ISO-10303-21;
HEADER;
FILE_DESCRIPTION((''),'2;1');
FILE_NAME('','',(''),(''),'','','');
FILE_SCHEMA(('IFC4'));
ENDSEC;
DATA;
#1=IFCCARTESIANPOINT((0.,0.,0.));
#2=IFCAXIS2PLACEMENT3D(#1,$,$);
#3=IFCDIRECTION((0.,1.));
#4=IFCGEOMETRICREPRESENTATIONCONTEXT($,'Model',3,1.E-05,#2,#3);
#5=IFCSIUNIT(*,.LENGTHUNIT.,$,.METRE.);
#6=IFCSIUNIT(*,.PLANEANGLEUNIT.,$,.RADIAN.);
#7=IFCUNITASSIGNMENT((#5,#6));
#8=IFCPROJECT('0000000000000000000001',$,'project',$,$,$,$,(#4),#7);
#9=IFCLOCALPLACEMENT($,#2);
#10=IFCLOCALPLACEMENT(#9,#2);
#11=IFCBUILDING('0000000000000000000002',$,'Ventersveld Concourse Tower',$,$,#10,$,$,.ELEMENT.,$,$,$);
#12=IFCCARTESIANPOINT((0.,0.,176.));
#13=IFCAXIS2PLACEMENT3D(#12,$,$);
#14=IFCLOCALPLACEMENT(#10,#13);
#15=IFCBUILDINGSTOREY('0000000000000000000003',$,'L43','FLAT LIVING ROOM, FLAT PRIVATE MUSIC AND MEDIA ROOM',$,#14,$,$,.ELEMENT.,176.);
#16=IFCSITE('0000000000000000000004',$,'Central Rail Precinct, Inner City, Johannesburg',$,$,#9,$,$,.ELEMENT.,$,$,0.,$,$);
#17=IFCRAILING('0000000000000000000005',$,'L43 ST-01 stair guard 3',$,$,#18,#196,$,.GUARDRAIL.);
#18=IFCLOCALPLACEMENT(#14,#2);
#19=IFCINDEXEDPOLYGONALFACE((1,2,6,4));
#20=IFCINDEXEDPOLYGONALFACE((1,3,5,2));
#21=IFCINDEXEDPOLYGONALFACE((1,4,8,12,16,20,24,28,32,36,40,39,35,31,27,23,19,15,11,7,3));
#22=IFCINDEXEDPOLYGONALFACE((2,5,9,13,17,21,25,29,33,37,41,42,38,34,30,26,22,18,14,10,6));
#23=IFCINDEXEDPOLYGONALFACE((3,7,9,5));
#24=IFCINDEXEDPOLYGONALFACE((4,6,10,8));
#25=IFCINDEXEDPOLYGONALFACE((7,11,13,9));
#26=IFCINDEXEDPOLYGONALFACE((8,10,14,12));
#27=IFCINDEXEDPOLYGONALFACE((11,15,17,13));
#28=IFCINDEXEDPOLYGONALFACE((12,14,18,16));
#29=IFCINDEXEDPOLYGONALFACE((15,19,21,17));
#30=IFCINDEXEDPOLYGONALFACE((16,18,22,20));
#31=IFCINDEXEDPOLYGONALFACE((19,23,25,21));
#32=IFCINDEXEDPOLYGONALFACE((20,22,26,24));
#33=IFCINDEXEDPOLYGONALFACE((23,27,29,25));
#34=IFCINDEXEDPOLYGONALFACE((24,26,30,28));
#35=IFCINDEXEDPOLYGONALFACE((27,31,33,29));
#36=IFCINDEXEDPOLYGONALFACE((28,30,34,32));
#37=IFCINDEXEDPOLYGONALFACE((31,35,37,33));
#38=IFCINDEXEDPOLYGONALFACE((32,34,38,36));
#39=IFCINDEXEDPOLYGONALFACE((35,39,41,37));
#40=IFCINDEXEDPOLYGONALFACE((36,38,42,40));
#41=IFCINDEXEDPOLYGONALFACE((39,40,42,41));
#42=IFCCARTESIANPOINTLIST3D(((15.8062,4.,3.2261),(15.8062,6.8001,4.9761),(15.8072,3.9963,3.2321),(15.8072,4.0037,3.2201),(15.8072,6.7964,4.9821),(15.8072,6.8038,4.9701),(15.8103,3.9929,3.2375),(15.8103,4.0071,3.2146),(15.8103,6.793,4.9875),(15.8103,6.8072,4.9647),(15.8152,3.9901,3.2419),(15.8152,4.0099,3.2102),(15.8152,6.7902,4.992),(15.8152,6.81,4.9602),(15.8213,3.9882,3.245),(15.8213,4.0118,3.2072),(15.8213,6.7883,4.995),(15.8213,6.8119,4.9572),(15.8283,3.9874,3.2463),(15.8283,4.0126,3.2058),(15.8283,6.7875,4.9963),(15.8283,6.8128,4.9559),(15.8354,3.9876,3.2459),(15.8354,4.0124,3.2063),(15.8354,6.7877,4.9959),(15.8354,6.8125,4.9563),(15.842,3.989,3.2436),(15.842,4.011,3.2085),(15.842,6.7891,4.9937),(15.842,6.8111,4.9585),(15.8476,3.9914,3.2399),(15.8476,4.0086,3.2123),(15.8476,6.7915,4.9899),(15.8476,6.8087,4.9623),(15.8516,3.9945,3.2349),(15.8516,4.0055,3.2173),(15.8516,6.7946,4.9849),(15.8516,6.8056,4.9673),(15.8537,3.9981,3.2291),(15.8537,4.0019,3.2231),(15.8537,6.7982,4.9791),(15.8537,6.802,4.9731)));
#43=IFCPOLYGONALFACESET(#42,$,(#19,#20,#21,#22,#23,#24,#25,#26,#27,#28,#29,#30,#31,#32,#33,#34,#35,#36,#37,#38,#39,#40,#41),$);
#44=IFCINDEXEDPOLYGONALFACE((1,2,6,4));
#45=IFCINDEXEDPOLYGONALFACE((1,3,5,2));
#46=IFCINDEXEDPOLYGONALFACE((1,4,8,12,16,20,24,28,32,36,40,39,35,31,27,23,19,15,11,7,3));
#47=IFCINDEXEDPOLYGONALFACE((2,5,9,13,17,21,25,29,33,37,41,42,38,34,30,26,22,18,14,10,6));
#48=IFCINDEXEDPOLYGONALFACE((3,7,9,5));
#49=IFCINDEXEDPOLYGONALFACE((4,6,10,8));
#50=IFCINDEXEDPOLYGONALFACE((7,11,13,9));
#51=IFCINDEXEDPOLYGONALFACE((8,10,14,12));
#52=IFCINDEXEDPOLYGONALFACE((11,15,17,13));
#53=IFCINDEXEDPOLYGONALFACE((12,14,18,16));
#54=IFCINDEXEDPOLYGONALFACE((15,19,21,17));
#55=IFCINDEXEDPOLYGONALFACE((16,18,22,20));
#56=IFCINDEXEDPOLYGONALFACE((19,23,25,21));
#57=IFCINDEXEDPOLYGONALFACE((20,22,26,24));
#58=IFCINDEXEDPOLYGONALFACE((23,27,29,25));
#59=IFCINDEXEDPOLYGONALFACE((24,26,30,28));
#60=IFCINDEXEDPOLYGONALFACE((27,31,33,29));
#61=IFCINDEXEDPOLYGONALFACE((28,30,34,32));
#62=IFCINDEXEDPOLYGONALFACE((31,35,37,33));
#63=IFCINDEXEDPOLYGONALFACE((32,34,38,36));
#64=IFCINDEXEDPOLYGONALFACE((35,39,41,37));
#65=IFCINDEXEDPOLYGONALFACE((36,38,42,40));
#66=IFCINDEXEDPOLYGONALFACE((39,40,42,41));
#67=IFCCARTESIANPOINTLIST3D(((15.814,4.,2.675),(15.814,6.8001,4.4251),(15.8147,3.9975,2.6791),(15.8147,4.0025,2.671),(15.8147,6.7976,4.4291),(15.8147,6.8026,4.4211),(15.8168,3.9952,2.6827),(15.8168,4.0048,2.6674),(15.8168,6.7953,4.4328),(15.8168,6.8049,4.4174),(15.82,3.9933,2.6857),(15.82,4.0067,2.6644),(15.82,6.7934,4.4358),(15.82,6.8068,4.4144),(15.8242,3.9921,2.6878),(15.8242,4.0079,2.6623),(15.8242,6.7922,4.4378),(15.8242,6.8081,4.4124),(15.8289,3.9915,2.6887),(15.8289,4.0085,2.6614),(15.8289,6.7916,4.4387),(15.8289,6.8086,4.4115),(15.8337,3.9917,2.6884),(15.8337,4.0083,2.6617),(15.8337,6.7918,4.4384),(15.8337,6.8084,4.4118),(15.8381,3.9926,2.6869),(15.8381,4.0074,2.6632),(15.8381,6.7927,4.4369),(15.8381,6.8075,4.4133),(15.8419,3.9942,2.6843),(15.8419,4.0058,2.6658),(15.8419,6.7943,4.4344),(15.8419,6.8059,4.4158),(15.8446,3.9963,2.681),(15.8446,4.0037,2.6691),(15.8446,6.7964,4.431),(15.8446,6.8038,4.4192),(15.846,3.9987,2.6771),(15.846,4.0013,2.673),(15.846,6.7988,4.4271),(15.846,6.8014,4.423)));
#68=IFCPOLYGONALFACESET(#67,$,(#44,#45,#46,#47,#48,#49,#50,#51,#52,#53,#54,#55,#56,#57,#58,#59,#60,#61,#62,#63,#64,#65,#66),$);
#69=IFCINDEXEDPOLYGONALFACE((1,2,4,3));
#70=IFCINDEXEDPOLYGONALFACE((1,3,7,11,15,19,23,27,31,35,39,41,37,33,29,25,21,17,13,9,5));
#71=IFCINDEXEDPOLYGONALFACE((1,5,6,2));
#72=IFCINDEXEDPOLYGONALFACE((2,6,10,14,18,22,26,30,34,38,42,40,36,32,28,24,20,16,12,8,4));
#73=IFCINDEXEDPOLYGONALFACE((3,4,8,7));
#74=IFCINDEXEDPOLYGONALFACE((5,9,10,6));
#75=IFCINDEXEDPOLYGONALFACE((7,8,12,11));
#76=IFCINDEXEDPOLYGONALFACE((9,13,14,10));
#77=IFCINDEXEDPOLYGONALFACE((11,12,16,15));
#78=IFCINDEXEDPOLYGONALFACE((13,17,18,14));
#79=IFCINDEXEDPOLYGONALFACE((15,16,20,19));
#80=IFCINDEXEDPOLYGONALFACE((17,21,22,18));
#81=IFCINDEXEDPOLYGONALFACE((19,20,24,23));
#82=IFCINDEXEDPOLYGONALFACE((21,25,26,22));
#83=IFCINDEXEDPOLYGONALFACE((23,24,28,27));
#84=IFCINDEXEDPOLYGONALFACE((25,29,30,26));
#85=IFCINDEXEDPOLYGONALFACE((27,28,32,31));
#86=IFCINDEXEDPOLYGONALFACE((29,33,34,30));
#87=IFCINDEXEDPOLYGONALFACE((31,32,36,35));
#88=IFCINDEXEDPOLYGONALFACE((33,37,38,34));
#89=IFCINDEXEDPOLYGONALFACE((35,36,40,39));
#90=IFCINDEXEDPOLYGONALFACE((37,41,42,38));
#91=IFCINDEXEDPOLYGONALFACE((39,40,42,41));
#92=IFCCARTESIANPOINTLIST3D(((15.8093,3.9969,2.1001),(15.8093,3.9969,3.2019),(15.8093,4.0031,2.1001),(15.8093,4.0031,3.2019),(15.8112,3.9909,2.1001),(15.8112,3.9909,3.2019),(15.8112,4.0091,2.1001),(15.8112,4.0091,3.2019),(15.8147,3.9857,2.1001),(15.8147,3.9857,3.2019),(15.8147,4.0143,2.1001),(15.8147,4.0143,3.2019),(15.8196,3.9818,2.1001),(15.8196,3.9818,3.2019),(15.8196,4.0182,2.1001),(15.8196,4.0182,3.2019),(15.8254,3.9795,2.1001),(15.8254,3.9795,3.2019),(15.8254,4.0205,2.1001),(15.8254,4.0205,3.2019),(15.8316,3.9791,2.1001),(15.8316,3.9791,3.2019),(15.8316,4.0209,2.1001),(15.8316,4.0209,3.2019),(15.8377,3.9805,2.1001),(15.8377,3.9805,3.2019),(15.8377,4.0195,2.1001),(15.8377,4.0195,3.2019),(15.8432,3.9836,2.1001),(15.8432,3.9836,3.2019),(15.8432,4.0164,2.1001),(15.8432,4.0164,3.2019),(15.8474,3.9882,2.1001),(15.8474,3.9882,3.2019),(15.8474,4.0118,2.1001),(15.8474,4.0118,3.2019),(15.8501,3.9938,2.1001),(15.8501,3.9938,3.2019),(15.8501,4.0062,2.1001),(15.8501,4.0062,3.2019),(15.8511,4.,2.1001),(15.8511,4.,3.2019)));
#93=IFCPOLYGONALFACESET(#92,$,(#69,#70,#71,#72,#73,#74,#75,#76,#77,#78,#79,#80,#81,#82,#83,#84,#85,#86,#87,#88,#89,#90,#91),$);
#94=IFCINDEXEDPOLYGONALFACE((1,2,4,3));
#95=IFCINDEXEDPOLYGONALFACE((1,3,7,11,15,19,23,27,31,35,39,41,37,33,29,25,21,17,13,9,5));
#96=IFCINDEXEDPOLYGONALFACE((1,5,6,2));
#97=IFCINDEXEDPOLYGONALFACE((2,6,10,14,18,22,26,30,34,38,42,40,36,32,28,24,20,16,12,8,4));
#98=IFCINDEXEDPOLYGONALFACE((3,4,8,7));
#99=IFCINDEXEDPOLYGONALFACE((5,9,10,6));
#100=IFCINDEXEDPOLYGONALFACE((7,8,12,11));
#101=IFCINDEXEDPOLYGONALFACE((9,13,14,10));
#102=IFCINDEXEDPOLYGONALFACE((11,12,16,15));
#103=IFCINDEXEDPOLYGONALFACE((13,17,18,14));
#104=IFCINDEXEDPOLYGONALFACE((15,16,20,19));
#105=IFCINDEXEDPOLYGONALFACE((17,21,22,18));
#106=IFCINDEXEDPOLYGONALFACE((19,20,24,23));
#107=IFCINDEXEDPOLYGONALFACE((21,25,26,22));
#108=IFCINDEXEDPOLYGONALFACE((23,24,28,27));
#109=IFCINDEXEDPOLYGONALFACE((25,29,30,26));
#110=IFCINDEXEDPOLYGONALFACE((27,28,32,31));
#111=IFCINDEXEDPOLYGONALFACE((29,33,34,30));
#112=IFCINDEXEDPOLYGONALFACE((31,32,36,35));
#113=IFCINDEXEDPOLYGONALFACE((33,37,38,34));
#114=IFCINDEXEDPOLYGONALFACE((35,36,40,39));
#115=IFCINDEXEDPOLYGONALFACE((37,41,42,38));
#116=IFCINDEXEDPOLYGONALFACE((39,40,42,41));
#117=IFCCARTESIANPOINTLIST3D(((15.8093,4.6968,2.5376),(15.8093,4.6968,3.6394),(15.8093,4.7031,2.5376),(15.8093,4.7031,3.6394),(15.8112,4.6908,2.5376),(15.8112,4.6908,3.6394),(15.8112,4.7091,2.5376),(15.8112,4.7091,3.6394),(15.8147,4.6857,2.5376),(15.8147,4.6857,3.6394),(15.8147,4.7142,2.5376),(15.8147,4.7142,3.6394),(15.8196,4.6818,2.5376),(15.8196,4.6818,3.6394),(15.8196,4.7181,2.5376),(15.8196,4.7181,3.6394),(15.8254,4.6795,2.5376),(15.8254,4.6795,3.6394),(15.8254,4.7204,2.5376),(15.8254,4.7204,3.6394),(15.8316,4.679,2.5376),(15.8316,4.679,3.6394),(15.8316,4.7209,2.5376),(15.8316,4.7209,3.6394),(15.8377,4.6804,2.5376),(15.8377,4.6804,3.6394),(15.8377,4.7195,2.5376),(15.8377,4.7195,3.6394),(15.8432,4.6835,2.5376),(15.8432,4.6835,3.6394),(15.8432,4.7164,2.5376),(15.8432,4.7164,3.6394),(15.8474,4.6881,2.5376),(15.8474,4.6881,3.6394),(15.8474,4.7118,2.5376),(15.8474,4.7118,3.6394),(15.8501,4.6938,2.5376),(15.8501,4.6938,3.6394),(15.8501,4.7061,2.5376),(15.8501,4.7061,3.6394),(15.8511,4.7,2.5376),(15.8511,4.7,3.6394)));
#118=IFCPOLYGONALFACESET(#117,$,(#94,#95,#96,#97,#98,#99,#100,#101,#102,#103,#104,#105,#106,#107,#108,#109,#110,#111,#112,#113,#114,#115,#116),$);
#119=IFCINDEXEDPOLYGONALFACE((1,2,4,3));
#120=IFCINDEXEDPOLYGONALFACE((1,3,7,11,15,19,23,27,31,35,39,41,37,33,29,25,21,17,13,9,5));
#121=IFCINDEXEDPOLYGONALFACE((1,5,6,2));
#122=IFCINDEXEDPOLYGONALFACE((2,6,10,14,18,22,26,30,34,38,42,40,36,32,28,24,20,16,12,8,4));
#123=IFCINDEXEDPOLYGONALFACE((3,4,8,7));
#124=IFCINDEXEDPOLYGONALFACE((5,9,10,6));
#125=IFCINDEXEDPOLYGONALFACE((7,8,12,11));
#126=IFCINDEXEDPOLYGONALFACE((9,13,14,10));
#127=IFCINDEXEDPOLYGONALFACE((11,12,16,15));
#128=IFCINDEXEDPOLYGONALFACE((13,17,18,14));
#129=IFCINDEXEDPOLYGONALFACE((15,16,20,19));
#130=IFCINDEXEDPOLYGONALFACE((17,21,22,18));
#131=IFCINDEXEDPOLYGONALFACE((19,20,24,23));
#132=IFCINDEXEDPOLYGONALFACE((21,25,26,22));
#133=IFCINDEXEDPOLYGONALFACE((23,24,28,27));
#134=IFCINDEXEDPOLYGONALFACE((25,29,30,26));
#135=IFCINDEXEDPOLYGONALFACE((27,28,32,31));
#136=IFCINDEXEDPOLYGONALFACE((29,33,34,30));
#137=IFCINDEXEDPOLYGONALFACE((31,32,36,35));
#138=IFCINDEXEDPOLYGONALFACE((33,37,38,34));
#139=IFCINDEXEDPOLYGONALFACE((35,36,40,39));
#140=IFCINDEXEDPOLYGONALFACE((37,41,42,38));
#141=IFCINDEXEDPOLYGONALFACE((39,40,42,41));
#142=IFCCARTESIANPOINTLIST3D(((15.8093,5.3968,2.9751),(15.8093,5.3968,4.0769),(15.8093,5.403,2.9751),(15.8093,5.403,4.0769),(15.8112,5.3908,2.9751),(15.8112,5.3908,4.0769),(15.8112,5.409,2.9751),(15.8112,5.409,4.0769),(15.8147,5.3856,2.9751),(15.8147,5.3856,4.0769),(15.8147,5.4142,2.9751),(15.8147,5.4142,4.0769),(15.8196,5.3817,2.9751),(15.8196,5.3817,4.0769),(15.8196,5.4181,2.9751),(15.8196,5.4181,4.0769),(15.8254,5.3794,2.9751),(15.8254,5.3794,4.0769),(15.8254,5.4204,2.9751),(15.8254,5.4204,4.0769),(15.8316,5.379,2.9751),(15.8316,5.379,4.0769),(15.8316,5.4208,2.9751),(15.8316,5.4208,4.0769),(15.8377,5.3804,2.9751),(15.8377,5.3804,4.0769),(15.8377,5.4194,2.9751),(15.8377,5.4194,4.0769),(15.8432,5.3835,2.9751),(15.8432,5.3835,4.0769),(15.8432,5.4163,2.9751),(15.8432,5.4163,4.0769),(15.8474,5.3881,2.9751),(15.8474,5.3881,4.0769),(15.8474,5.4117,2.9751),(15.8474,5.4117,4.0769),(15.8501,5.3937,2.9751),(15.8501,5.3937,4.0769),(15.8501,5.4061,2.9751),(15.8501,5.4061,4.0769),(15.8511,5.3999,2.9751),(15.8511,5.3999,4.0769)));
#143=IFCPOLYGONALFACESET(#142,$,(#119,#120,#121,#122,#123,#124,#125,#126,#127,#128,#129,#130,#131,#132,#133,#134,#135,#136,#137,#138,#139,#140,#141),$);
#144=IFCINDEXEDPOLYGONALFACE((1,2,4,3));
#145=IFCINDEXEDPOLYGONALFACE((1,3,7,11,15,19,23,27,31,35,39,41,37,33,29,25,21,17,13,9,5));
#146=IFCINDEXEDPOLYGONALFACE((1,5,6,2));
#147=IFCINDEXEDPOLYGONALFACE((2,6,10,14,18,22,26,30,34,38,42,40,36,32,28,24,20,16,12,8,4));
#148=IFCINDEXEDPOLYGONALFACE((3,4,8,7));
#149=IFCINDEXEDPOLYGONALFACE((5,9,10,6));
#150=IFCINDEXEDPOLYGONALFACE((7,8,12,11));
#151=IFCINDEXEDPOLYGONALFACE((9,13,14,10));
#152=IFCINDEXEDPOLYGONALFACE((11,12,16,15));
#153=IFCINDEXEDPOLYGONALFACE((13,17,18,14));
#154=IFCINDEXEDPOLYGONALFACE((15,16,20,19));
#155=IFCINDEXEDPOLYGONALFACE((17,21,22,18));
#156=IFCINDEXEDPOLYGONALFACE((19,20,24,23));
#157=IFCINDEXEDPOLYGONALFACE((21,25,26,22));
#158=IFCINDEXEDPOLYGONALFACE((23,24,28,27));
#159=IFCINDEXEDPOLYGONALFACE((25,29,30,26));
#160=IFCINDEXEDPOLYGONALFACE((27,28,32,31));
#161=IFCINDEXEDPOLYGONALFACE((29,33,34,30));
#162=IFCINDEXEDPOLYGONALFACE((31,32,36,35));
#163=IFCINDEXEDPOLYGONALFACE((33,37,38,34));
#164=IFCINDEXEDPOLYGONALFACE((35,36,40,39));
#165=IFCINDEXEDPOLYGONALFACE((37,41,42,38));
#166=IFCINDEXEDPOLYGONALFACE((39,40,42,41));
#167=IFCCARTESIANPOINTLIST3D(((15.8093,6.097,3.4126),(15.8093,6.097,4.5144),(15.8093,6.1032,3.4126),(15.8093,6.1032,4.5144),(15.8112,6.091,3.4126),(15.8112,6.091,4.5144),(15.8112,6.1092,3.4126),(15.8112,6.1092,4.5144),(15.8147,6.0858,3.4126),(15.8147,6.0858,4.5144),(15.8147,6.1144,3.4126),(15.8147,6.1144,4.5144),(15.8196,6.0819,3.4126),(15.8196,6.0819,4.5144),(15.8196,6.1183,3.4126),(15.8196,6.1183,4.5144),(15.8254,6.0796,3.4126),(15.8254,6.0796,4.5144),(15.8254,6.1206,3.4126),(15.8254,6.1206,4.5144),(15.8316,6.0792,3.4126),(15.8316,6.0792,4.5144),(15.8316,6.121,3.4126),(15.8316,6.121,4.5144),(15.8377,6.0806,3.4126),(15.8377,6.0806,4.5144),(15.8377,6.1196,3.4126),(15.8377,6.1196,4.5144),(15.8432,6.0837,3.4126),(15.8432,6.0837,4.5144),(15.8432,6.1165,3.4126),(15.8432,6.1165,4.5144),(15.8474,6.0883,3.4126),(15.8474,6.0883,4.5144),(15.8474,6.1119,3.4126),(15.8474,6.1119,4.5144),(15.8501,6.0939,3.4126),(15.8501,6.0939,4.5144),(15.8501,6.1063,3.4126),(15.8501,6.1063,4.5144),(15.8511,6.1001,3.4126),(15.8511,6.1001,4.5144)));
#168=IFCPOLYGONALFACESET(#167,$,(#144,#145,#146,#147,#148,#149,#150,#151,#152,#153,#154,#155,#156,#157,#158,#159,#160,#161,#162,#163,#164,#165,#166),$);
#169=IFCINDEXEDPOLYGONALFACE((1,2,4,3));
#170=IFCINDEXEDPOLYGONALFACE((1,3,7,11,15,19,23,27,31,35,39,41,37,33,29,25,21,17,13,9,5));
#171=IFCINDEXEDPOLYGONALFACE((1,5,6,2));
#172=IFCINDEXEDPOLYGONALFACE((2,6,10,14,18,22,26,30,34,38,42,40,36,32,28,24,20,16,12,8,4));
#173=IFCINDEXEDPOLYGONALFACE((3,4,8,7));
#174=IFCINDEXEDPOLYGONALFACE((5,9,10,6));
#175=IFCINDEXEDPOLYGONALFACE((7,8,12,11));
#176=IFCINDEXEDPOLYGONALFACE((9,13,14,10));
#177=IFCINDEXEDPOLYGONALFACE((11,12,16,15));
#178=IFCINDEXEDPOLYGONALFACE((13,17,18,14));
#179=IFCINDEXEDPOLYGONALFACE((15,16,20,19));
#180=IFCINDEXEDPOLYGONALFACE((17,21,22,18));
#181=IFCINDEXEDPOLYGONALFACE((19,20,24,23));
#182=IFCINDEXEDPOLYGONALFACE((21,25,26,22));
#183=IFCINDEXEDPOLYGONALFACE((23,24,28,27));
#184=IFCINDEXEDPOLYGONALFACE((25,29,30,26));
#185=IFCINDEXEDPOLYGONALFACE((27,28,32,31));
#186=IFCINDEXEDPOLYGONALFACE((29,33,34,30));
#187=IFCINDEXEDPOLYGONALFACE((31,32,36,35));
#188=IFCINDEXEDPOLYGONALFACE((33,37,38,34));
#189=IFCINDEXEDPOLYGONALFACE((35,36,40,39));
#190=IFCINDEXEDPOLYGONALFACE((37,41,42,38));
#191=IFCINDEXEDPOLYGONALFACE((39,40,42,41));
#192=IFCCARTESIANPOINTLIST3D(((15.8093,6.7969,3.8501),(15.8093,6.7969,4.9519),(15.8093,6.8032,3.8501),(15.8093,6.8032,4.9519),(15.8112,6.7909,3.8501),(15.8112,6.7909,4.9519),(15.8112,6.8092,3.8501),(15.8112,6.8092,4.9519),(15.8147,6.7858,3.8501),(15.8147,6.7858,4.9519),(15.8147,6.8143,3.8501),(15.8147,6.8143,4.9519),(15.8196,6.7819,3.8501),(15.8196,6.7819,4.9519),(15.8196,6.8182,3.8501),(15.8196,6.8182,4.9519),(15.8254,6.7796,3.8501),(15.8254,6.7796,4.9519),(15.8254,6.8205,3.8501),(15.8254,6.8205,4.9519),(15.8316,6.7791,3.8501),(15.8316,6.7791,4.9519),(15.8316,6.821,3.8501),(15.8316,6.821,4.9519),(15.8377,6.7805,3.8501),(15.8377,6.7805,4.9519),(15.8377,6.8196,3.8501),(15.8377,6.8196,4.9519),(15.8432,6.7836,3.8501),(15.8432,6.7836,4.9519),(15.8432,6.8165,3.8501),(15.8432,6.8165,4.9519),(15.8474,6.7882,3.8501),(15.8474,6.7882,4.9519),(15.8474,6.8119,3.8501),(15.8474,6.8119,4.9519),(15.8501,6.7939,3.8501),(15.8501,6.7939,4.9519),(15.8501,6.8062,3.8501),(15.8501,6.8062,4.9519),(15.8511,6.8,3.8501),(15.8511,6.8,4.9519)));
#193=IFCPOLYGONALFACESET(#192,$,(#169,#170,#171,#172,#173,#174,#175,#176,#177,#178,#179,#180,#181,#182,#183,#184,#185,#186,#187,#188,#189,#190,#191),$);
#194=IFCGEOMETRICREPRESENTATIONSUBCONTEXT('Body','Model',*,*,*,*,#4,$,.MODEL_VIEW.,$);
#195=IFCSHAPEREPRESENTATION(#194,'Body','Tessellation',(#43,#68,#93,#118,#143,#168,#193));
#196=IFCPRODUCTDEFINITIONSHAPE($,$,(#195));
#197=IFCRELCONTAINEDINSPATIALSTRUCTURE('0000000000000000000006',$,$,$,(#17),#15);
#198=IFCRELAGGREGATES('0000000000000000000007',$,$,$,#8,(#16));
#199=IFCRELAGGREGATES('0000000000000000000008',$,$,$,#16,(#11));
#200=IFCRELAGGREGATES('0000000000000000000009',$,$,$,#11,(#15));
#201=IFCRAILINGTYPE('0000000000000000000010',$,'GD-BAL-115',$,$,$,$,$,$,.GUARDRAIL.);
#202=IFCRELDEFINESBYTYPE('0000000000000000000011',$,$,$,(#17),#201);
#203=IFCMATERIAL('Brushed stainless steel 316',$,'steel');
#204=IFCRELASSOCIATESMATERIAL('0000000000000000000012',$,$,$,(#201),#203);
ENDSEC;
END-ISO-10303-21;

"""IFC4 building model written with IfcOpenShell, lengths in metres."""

from ifc_helpers import new_model, si_unit, direction, frame, origin, origin_2d, place, context, subcontext, project, spatial, circle, extrude, material, type_object, element, save


model = new_model("IFC4")

# Units and contexts
model_context = context("Model", 3, precision=1e-05, world=origin(), true_north=direction((0.0, 1.0)))
body_context = subcontext(model_context, "Body", "Model", "MODEL_VIEW")
ifc_project = project(units=[si_unit("LENGTHUNIT", "METRE"), si_unit("PLANEANGLEUNIT", "RADIAN")], contexts=[model_context])

# Site, building, storey
site_placement = place(None, origin())
site = spatial("IfcSite", under=ifc_project, at=site_placement, Name="Central Rail Precinct, Inner City, Johannesburg", CompositionType="ELEMENT", RefElevation=0.0)
building_placement = place(site_placement, origin())
building = spatial("IfcBuilding", under=site, at=building_placement, Name="Ventersveld Concourse Tower", CompositionType="ELEMENT")
storey_placement = place(building_placement, frame((0.0, 0.0, 176.0)))
storey = spatial("IfcBuildingStorey", under=building, at=storey_placement, Name="L43", Description="FLAT LIVING ROOM, FLAT PRIVATE MUSIC AND MEDIA ROOM", CompositionType="ELEMENT", Elevation=176.0)

# Railing
ifc_material_1 = material(Name="Brushed stainless steel 316", Category="steel")
railing_type_1 = type_object("IfcRailingType", Name="GD-BAL-115", PredefinedType="GUARDRAIL", material=ifc_material_1)
railing_1_placement = place(storey_placement, frame((15.8301, 4.0, 2.1001)))
element("IfcRailing", 1, at=railing_1_placement, inside=storey, type_object=railing_type_1, Name="L43 ST-01 stair guard 3", PredefinedType="GUARDRAIL", context=body_context, shape_type="SweptSolid", body=[
    extrude(circle(Radius=0.0239, at=origin_2d()), frame((0.0, 0.0, 1.126), z_axis=(0.0, 0.848002, 0.529992), x_axis=(-1.0, 0.0, 0.0)), (0.0, 0.0, 1.0), 3.302),
    extrude(circle(Radius=0.0161, at=origin_2d()), frame((0.0, 0.0, 0.575), z_axis=(0.0, 0.848002, 0.529992), x_axis=(-1.0, 0.0, 0.0)), (0.0, 0.0, 1.0), 3.302),
    extrude(circle(Radius=0.021, at=origin_2d()), origin(), (0.0, 0.0, 1.0), 1.1018),
    extrude(circle(Radius=0.021, at=origin_2d()), frame((0.0, 0.7, 0.4375)), (0.0, 0.0, 1.0), 1.1018),
    extrude(circle(Radius=0.021, at=origin_2d()), frame((0.0, 1.3999, 0.875)), (0.0, 0.0, 1.0), 1.1018),
    extrude(circle(Radius=0.021, at=origin_2d()), frame((0.0, 2.1001, 1.3125)), (0.0, 0.0, 1.0), 1.1018),
    extrude(circle(Radius=0.021, at=origin_2d()), frame((0.0, 2.8, 1.75)), (0.0, 0.0, 1.0), 1.1018),
])

save(model, "model.ifc")
